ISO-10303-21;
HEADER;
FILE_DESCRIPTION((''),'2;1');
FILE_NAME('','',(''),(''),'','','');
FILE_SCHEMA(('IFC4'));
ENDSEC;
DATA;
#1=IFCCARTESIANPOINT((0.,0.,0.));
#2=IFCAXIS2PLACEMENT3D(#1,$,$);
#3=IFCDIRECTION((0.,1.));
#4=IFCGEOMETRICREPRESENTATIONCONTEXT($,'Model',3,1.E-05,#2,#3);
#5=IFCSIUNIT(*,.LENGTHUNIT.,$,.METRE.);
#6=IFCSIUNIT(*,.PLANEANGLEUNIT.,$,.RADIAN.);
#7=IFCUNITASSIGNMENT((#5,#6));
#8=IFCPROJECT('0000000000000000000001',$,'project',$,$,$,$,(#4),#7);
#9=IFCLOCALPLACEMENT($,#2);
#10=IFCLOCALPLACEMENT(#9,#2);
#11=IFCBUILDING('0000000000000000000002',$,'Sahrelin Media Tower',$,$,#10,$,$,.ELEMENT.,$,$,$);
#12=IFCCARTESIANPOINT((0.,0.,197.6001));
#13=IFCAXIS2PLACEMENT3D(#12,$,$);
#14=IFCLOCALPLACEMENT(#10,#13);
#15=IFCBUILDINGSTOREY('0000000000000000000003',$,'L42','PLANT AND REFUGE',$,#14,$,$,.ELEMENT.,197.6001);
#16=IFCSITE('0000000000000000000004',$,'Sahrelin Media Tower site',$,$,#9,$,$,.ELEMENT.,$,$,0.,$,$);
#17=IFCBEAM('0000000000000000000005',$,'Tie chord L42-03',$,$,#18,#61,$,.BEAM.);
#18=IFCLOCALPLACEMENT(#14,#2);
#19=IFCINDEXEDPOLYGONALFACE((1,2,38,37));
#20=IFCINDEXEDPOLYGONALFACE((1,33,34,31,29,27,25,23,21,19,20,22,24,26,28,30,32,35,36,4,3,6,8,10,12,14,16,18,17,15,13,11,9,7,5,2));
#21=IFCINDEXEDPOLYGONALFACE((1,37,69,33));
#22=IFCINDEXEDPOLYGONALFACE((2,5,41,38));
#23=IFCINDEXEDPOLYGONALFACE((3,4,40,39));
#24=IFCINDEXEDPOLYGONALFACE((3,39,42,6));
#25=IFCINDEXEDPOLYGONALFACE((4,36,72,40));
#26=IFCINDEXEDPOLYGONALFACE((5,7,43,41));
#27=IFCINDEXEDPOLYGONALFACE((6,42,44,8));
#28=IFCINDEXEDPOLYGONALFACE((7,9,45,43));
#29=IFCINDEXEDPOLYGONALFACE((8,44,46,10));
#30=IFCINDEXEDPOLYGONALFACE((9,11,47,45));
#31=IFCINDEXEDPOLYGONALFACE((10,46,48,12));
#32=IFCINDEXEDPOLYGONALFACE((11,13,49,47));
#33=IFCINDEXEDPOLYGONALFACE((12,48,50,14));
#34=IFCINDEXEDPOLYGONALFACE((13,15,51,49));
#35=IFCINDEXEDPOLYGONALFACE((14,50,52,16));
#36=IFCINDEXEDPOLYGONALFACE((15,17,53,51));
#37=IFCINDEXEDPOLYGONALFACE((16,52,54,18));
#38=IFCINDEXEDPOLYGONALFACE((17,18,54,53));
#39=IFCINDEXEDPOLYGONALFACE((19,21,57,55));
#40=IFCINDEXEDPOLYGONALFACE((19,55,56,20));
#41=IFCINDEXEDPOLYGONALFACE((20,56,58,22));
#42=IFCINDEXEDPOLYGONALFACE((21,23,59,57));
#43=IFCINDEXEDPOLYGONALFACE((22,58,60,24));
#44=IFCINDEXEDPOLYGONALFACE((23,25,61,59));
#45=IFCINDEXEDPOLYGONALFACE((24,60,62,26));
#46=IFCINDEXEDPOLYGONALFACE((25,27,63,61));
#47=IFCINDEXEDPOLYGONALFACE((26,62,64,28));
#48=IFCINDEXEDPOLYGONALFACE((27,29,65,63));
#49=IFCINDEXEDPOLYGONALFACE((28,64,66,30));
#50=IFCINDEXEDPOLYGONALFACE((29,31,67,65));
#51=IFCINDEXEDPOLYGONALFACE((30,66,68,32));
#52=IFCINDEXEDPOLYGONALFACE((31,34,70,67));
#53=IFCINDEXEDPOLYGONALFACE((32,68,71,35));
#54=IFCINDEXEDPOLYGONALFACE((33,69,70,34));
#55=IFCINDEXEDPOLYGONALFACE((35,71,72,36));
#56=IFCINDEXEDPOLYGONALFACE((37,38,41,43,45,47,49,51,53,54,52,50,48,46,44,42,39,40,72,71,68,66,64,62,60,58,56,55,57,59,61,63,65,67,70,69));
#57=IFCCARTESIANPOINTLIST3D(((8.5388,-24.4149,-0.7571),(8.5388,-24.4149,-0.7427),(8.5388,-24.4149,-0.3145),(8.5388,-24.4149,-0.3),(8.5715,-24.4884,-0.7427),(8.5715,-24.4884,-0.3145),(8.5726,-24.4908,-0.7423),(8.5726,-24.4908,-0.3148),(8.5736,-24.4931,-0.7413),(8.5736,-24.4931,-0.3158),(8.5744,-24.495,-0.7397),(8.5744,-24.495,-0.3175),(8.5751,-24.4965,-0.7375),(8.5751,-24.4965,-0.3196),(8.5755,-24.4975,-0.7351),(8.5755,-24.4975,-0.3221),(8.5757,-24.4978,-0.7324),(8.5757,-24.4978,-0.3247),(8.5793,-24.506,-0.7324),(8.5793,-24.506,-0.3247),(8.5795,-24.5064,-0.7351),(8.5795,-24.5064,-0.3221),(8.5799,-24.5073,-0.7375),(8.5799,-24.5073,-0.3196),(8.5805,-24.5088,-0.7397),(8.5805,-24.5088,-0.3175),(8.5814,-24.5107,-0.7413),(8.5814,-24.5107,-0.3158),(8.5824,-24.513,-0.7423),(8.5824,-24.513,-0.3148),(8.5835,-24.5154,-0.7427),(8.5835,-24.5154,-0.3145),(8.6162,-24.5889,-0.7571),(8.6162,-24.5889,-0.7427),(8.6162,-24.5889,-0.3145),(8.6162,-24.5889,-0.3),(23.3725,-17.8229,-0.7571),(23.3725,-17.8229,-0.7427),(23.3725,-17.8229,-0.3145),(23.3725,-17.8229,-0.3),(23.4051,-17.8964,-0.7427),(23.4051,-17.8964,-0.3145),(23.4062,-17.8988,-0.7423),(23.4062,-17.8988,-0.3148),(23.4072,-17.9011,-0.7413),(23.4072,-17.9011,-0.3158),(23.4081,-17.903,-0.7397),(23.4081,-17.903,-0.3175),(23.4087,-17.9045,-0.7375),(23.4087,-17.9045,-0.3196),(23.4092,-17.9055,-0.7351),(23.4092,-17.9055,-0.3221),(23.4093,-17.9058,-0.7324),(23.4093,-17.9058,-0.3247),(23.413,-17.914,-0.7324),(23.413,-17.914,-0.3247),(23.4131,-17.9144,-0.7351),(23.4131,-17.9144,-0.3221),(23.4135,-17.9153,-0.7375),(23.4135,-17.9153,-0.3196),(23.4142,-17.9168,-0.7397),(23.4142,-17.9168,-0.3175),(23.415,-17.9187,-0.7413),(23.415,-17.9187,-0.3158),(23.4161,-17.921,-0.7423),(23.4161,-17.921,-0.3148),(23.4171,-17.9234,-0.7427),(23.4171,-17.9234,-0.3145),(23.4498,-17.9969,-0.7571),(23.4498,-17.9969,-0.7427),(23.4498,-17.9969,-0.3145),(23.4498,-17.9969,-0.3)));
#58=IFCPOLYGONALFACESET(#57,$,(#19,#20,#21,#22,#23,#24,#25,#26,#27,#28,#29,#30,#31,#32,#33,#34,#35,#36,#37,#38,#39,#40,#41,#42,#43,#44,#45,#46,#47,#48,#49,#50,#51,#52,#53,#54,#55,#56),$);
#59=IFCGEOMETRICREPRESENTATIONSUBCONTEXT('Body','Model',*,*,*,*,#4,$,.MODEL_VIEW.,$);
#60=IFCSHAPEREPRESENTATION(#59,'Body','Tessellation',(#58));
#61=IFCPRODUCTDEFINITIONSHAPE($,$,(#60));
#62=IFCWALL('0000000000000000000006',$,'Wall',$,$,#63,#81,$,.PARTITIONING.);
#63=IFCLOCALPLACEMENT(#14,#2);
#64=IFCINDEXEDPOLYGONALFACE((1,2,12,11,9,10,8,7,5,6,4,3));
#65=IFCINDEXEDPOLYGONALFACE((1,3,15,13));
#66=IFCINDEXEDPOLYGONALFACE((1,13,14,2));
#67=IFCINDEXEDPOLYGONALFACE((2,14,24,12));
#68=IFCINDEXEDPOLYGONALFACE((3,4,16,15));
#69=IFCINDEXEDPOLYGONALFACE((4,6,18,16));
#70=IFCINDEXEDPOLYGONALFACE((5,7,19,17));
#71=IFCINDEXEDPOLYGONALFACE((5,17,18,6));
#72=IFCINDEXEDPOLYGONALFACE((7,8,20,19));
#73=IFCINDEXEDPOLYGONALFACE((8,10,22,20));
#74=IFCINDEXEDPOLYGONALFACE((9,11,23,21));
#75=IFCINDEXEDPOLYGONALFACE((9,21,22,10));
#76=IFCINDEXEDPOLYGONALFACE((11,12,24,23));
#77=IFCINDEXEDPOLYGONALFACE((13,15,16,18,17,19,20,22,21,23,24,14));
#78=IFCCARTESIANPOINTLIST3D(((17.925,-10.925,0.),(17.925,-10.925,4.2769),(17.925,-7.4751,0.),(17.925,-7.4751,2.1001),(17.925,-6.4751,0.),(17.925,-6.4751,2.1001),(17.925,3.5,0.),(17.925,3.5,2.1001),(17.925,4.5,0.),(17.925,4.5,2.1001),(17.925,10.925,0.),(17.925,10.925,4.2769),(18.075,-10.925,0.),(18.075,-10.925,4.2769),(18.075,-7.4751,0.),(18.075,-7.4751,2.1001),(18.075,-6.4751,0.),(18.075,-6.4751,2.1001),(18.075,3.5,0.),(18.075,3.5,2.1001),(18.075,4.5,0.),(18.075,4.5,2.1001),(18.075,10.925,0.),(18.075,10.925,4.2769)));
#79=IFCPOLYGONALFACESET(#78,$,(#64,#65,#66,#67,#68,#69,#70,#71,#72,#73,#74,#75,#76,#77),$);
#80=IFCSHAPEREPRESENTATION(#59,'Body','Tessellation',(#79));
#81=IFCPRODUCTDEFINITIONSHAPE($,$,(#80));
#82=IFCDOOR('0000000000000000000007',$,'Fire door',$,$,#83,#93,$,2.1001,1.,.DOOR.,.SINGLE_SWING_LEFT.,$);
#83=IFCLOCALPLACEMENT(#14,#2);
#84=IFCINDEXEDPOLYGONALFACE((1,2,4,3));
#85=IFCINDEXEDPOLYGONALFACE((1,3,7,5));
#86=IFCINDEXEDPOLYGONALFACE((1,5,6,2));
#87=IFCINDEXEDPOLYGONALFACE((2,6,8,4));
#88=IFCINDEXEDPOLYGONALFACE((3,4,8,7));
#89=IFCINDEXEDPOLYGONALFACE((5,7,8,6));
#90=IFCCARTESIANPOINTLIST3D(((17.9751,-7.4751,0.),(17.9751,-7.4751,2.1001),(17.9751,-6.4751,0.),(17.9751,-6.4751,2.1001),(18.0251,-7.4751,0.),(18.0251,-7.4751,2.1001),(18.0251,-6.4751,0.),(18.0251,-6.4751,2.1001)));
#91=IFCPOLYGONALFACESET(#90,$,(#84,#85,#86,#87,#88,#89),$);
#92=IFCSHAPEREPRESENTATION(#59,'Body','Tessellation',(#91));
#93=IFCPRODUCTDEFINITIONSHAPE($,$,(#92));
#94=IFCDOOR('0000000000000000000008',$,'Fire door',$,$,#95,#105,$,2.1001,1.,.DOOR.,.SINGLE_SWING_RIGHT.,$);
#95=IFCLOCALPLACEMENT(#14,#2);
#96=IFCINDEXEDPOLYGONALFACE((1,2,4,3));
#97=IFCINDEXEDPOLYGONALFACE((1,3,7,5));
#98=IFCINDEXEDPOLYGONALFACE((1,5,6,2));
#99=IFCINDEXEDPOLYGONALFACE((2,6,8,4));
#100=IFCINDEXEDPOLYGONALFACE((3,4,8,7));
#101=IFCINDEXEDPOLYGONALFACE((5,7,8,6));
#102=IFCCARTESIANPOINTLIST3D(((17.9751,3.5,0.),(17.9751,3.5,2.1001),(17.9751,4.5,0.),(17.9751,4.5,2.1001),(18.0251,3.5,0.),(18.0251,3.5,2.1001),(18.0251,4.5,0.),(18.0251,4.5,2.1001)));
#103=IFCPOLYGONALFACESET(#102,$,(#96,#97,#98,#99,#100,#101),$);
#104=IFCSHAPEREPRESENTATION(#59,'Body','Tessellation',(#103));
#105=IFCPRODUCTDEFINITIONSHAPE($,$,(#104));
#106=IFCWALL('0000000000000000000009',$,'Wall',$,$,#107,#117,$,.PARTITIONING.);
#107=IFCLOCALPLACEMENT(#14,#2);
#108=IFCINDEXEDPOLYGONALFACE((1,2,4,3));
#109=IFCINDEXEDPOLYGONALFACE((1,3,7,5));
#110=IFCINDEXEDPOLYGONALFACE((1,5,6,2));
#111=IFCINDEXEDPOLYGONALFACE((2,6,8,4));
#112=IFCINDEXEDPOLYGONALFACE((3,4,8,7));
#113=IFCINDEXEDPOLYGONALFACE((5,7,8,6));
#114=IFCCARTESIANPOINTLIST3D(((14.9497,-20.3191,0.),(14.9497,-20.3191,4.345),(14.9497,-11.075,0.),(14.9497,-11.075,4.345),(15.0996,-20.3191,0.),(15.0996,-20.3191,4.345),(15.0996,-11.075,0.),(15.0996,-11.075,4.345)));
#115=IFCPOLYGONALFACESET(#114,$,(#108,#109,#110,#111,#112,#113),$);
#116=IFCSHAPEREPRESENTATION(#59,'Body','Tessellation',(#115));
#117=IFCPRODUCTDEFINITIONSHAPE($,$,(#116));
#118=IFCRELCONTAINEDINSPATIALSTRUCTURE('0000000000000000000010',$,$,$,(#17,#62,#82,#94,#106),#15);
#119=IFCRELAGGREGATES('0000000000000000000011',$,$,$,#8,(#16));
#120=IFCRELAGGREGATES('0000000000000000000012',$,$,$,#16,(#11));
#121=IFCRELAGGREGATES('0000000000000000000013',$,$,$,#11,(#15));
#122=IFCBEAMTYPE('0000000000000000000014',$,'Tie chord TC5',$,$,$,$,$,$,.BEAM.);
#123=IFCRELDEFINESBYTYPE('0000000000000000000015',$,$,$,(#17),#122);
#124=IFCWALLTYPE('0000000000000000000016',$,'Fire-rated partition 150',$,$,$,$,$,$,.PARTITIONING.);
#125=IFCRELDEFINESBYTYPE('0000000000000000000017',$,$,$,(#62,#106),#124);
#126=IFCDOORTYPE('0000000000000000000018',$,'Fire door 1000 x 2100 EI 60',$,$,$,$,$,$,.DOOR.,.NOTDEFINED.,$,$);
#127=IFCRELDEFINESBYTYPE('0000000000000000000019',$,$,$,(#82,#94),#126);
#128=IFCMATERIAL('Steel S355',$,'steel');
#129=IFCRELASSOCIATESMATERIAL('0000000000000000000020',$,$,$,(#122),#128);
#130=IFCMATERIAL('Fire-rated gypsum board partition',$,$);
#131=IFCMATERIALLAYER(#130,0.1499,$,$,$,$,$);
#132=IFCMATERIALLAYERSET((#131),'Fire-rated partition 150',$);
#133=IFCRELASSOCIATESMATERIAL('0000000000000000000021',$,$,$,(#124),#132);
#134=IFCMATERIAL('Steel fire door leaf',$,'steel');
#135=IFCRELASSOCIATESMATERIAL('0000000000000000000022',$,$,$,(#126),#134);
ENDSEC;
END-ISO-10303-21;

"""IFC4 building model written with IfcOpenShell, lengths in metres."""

from ifc_helpers import new_model, si_unit, direction, frame, frame_2d, origin, origin_2d, place, context, subcontext, project, spatial, rectangle, i_section, extrude, material, layer, layer_set, material_profile, profile_set, type_object, element, fill, save


model = new_model("IFC4")

# Units and contexts
model_context = context("Model", 3, precision=1e-05, world=origin(), true_north=direction((0.0, 1.0)))
body_context = subcontext(model_context, "Body", "Model", "MODEL_VIEW")
ifc_project = project(units=[si_unit("LENGTHUNIT", "METRE"), si_unit("PLANEANGLEUNIT", "RADIAN")], contexts=[model_context])

# Site, building, storey
site_placement = place(None, origin())
site = spatial("IfcSite", under=ifc_project, at=site_placement, Name="Sahrelin Media Tower site", CompositionType="ELEMENT", RefElevation=0.0)
building_placement = place(site_placement, origin())
building = spatial("IfcBuilding", under=site, at=building_placement, Name="Sahrelin Media Tower", CompositionType="ELEMENT")
storey_placement = place(building_placement, frame((0.0, 0.0, 197.6001)))
storey = spatial("IfcBuildingStorey", under=building, at=storey_placement, Name="L42", Description="PLANT AND REFUGE", CompositionType="ELEMENT", Elevation=197.6001)

# Beam
ifc_material_1 = material(Name="Steel S355", Category="steel")
ifc_material_profile_1 = material_profile(ifc_material_1, i_section(OverallWidth=0.1904, OverallDepth=0.457, WebThickness=0.009, FlangeThickness=0.0144, FilletRadius=0.0103, at=origin_2d()), Name="UB 457x191x74")
ifc_profile_set_1 = profile_set([ifc_material_profile_1], Name="Steel S355")
beam_type_1 = type_object("IfcBeamType", Name="Tie chord TC5", PredefinedType="BEAM", material=ifc_profile_set_1)
beam_1_placement = place(storey_placement, frame((23.4111, -17.9099, -0.5286), z_axis=(-0.913828, -0.406101, 0.0), x_axis=(0.406101, -0.913828, 0.0)))
element("IfcBeam", 1, at=beam_1_placement, inside=storey, type_object=beam_type_1, Name="Tie chord L42-03", PredefinedType="BEAM", context=body_context, shape_type="SweptSolid", body=[
    extrude(i_section(OverallWidth=0.1904, OverallDepth=0.457, WebThickness=0.009, FlangeThickness=0.0144, FilletRadius=0.0103, at=origin_2d()), origin(), (0.0, 0.0, 1.0), 16.2324),
])

# Wall, openings, doors
ifc_material_2 = material(Name="Fire-rated gypsum board partition")
ifc_layer = layer(ifc_material_2, 0.1499)
ifc_layer_set = layer_set([ifc_layer], Name="Fire-rated partition 150")
wall_type = type_object("IfcWallType", Name="Fire-rated partition 150", PredefinedType="PARTITIONING", material=ifc_layer_set)
wall_1_placement = place(storey_placement, frame((18.0, -10.925, 0.0), z_axis=(0.0, 0.0, 1.0), x_axis=(0.0, 1.0, 0.0)))
wall_1 = element("IfcWall", 2, at=wall_1_placement, inside=storey, type_object=wall_type, Name="Wall", PredefinedType="PARTITIONING", context=body_context, shape_type="SweptSolid", body=[
    extrude(rectangle(XDim=21.8501, YDim=0.1499, at=frame_2d((10.925, 0.0))), origin(), (0.0, 0.0, 1.0), 4.2769),
])
opening_1_placement = place(wall_1_placement, frame((3.45, 0.0, 0.0)))
opening_1 = element("IfcOpeningElement", 3, at=opening_1_placement, cuts=wall_1, PredefinedType="OPENING", context=body_context, shape_type="SweptSolid", body=[
    extrude(rectangle(XDim=1.0, YDim=2.1001, at=frame_2d((0.5, 1.05))), frame((0.0, 0.075, 0.0), z_axis=(0.0, -1.0, 0.0), x_axis=(1.0, 0.0, 0.0)), (0.0, 0.0, 1.0), 0.1499),
])
opening_2_placement = place(wall_1_placement, frame((14.425, 0.0, 0.0)))
opening_2 = element("IfcOpeningElement", 4, at=opening_2_placement, cuts=wall_1, PredefinedType="OPENING", context=body_context, shape_type="SweptSolid", body=[
    extrude(rectangle(XDim=1.0, YDim=2.1001, at=frame_2d((0.5, 1.05))), frame((0.0, 0.075, 0.0), z_axis=(0.0, -1.0, 0.0), x_axis=(1.0, 0.0, 0.0)), (0.0, 0.0, 1.0), 0.1499),
])
ifc_material_3 = material(Name="Steel fire door leaf", Category="steel")
door_type = type_object("IfcDoorType", Name="Fire door 1000 x 2100 EI 60", OperationType="NOTDEFINED", PredefinedType="DOOR", material=ifc_material_3)
door_1_placement = place(opening_1_placement, origin())
door_1 = element("IfcDoor", 5, at=door_1_placement, inside=storey, type_object=door_type, Name="Fire door", OperationType="SINGLE_SWING_LEFT", OverallHeight=2.1001, OverallWidth=1.0, PredefinedType="DOOR", context=body_context, shape_type="SweptSolid", body=[
    extrude(rectangle(XDim=1.0, YDim=2.1001, at=frame_2d((0.5, 1.05))), frame((0.0, 0.0249, 0.0), z_axis=(0.0, -1.0, 0.0), x_axis=(1.0, 0.0, 0.0)), (0.0, 0.0, 1.0), 0.05),
])
fill(opening_1, door_1)
door_2_placement = place(opening_2_placement, origin())
door_2 = element("IfcDoor", 6, at=door_2_placement, inside=storey, type_object=door_type, Name="Fire door", OperationType="SINGLE_SWING_RIGHT", OverallHeight=2.1001, OverallWidth=1.0, PredefinedType="DOOR", context=body_context, shape_type="SweptSolid", body=[
    extrude(rectangle(XDim=1.0, YDim=2.1001, at=frame_2d((0.5, 1.05))), frame((0.0, 0.0249, 0.0), z_axis=(0.0, -1.0, 0.0), x_axis=(1.0, 0.0, 0.0)), (0.0, 0.0, 1.0), 0.05),
])
fill(opening_2, door_2)

# Wall
wall_2_placement = place(storey_placement, frame((15.0247, -11.075, 0.0), z_axis=(0.0, 0.0, 1.0), x_axis=(0.0, -1.0, 0.0)))
element("IfcWall", 7, at=wall_2_placement, inside=storey, type_object=wall_type, Name="Wall", PredefinedType="PARTITIONING", context=body_context, shape_type="SweptSolid", body=[
    extrude(rectangle(XDim=9.2441, YDim=0.1499, at=frame_2d((4.6221, 0.0))), origin(), (0.0, 0.0, 1.0), 4.345),
])

save(model, "model.ifc")
